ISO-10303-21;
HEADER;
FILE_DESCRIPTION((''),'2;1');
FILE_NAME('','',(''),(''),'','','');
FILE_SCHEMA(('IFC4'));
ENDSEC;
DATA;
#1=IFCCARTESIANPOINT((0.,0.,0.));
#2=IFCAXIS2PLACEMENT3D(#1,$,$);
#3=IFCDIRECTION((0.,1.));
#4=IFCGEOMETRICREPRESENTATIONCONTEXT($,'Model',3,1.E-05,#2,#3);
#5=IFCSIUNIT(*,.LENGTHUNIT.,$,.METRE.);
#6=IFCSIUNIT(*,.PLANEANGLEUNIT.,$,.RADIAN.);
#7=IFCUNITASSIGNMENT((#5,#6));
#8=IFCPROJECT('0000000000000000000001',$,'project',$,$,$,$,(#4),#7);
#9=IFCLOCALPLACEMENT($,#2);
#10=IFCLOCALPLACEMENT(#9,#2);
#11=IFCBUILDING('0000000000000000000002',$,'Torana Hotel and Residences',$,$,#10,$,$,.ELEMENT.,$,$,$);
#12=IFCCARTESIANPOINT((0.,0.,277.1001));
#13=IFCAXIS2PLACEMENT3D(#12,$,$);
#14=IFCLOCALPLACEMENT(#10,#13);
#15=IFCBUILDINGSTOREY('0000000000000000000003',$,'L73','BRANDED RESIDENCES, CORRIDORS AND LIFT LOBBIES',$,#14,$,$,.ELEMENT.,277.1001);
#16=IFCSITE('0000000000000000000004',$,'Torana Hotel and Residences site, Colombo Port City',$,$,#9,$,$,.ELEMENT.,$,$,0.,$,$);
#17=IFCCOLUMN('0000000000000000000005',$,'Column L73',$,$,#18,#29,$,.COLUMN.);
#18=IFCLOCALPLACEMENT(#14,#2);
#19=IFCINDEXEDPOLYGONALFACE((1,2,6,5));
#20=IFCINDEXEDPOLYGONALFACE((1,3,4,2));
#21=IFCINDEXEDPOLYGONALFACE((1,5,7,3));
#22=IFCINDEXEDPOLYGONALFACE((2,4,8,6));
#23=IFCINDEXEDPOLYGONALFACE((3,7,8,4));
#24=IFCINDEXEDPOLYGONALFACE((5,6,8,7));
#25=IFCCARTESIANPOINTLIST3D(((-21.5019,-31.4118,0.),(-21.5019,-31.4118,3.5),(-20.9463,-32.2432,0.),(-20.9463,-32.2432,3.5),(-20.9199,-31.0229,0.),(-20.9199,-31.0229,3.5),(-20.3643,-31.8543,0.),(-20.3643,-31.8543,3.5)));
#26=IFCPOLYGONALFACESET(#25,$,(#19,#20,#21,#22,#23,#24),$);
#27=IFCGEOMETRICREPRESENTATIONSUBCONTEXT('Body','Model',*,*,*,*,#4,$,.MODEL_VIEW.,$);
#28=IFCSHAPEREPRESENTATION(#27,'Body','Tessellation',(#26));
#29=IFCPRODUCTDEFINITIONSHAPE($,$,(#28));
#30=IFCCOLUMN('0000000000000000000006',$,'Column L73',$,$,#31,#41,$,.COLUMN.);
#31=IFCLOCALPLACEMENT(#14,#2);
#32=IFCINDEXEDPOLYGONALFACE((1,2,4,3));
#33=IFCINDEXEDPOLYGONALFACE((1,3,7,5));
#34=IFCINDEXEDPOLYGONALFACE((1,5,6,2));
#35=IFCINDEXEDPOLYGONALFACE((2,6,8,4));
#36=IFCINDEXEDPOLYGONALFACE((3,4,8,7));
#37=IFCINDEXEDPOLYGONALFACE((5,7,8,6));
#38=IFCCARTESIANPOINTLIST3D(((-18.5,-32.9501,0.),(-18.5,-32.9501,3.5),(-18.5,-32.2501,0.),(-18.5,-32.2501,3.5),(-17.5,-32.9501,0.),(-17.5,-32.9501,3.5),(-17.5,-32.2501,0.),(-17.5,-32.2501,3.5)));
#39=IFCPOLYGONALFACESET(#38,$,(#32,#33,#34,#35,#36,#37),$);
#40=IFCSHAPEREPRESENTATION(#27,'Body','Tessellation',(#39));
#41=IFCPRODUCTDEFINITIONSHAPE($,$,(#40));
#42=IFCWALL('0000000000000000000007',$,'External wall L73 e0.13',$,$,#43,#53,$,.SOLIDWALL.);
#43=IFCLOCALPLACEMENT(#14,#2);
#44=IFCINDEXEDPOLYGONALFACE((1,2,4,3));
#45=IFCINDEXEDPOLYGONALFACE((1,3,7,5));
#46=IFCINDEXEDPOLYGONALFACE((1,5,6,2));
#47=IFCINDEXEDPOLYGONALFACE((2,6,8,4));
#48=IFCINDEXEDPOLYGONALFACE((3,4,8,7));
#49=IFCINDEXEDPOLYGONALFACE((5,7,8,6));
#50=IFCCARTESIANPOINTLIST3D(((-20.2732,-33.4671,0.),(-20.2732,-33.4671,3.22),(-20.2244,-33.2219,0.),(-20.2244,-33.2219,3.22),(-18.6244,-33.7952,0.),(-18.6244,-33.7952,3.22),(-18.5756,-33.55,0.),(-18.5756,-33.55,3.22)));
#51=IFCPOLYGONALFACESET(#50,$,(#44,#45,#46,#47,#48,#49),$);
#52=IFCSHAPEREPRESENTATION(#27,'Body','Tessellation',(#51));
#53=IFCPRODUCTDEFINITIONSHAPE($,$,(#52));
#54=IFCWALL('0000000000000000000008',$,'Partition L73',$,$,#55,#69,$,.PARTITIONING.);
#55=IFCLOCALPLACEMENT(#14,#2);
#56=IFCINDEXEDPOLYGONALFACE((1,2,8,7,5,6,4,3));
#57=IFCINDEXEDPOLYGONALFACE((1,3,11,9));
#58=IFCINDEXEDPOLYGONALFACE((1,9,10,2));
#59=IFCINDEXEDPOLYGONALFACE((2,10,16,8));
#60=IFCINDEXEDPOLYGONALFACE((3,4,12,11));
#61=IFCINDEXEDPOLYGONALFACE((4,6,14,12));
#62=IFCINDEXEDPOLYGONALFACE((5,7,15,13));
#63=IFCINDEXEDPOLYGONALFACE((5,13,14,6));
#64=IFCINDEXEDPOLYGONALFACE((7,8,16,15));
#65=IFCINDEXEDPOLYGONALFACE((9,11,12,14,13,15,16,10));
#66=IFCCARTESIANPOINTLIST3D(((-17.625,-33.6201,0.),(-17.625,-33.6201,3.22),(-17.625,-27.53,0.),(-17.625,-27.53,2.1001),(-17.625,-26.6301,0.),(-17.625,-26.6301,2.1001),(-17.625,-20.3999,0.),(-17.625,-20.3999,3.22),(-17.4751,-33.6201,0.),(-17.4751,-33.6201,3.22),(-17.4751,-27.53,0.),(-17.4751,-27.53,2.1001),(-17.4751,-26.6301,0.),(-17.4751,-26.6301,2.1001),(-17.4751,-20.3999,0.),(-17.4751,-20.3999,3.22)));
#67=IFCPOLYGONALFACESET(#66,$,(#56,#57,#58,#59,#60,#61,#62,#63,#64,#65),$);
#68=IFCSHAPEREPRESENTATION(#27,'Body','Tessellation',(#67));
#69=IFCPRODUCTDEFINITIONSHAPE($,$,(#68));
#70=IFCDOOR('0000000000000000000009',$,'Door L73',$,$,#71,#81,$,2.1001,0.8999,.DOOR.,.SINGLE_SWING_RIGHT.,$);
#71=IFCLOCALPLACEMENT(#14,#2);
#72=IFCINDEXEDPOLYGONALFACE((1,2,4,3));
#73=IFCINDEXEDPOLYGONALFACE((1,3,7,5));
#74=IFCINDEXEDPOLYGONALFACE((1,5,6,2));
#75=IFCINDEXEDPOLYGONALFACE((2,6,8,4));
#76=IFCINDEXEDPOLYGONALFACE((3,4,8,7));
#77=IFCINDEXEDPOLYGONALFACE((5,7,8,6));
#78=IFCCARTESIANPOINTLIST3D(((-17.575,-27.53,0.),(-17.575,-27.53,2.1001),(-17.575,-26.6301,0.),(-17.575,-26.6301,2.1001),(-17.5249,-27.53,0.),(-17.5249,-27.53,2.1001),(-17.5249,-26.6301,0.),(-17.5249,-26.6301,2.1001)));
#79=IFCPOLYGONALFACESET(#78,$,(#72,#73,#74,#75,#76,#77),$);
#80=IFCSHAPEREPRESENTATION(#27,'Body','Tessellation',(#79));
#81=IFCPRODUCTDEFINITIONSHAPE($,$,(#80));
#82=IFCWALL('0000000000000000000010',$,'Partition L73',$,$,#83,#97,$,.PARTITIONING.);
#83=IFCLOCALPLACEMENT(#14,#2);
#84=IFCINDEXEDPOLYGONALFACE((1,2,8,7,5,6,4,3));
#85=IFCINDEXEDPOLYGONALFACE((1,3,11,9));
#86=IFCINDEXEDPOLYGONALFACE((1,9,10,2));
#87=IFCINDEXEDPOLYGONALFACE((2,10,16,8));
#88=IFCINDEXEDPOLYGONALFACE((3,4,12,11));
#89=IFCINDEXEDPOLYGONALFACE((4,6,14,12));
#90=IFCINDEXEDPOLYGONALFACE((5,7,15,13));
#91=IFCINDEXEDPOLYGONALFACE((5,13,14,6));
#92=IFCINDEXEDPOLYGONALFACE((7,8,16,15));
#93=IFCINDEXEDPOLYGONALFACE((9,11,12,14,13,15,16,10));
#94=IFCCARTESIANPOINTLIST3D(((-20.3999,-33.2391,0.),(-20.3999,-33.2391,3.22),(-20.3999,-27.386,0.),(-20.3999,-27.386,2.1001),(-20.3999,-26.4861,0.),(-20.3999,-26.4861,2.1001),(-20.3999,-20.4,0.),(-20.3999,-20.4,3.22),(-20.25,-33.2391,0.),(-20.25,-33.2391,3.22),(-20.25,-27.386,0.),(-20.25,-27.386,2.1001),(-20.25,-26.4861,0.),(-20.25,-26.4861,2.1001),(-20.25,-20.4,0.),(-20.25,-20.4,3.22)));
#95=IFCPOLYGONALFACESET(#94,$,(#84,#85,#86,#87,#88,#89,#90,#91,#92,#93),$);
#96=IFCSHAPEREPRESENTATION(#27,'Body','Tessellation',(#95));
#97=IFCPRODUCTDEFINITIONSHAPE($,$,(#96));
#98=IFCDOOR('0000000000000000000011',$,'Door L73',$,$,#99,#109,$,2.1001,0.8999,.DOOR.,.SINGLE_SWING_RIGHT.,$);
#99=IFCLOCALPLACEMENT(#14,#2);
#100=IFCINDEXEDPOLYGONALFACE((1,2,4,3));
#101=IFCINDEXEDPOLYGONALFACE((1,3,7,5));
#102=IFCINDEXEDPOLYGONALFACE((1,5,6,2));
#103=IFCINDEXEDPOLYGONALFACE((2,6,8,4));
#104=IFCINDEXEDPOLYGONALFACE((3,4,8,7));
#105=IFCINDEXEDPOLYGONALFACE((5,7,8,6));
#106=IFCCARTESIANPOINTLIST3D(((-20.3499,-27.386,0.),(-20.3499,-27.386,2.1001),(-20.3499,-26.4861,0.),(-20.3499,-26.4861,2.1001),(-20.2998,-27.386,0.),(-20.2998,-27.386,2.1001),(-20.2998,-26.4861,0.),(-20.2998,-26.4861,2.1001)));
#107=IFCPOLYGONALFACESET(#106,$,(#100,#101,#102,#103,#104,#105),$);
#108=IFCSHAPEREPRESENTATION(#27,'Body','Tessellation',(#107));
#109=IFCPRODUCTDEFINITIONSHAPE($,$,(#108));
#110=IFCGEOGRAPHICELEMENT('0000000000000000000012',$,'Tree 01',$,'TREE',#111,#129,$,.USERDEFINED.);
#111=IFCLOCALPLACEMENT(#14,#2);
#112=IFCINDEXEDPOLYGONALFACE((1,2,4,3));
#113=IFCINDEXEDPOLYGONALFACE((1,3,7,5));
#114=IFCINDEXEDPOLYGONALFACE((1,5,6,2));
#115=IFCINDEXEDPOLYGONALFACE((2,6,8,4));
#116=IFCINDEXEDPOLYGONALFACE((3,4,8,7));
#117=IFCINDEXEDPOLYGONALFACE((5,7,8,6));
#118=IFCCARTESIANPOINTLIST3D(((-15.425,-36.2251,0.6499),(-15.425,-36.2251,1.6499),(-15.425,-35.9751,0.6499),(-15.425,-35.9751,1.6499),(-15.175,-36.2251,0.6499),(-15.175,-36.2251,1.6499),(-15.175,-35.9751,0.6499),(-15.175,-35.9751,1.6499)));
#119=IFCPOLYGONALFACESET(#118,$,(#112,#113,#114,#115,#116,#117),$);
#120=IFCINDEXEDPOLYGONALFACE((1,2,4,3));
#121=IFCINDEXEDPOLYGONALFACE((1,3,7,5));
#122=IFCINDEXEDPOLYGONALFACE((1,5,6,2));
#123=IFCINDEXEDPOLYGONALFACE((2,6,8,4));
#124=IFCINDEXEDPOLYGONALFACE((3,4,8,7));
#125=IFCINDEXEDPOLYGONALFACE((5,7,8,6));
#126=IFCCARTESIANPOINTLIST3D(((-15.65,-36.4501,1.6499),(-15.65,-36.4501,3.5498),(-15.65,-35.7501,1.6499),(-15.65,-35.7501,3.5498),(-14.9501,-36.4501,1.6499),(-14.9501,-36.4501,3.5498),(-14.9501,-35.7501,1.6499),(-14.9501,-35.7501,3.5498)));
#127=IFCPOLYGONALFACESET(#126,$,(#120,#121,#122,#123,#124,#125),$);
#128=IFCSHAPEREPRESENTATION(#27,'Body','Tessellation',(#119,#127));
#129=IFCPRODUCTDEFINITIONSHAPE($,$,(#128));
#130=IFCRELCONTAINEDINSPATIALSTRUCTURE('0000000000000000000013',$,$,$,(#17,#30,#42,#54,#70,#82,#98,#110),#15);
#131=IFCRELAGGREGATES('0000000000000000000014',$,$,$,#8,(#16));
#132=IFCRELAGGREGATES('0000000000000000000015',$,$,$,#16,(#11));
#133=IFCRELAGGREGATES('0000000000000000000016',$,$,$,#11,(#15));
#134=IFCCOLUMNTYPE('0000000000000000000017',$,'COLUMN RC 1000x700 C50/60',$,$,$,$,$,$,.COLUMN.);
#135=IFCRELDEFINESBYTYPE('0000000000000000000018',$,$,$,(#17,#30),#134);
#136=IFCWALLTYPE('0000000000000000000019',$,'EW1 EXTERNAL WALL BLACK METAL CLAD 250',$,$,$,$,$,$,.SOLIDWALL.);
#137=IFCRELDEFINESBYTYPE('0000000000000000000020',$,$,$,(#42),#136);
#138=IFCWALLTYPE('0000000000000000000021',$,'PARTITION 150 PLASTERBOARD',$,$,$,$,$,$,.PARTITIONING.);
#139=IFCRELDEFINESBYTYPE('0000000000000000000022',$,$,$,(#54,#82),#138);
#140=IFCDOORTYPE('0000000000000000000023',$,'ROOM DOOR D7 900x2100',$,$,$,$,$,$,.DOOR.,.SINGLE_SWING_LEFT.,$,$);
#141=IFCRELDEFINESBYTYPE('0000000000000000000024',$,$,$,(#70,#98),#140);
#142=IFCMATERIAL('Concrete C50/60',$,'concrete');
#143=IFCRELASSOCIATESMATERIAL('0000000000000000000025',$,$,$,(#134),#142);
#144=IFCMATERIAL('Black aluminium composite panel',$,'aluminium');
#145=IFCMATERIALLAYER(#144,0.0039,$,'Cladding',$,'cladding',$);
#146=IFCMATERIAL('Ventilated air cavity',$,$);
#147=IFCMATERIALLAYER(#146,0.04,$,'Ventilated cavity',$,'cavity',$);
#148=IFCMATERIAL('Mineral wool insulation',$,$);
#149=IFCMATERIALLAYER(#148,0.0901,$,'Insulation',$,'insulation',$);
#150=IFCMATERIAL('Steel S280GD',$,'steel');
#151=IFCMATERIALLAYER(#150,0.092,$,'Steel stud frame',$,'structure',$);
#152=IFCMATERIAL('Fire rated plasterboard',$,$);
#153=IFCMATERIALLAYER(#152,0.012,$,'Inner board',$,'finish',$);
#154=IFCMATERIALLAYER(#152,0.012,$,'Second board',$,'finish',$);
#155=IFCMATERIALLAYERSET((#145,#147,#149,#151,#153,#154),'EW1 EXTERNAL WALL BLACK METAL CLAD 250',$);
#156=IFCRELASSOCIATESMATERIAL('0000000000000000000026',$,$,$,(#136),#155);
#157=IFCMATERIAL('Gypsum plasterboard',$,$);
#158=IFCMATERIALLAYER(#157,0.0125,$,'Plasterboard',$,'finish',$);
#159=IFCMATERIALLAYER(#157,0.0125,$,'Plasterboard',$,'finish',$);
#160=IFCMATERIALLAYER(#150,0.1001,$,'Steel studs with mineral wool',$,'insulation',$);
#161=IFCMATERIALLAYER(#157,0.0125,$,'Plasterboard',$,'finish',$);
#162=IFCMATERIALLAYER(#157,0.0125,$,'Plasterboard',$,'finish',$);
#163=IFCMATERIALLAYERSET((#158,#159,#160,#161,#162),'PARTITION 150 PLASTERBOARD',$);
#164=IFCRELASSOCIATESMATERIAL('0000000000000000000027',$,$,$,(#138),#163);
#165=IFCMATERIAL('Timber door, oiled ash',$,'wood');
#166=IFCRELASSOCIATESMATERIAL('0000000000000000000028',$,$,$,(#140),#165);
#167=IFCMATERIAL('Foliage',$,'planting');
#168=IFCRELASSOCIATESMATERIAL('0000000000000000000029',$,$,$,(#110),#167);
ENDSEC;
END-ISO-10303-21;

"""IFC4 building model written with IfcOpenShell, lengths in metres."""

from ifc_helpers import new_model, si_unit, direction, frame, frame_2d, origin, origin_2d, place, context, subcontext, project, spatial, rectangle, extrude, material, layer, layer_set, material_profile, profile_set, type_object, element, fill, save


model = new_model("IFC4")

# Units and contexts
model_context = context("Model", 3, precision=1e-05, world=origin(), true_north=direction((0.0, 1.0)))
body_context = subcontext(model_context, "Body", "Model", "MODEL_VIEW")
ifc_project = project(units=[si_unit("LENGTHUNIT", "METRE"), si_unit("PLANEANGLEUNIT", "RADIAN")], contexts=[model_context])

# Site, building, storey
site_placement = place(None, origin())
site = spatial("IfcSite", under=ifc_project, at=site_placement, Name="Torana Hotel and Residences site, Colombo Port City", CompositionType="ELEMENT", RefElevation=0.0)
building_placement = place(site_placement, origin())
building = spatial("IfcBuilding", under=site, at=building_placement, Name="Torana Hotel and Residences", CompositionType="ELEMENT")
storey_placement = place(building_placement, frame((0.0, 0.0, 277.1001)))
storey = spatial("IfcBuildingStorey", under=building, at=storey_placement, Name="L73", Description="BRANDED RESIDENCES, CORRIDORS AND LIFT LOBBIES", CompositionType="ELEMENT", Elevation=277.1001)

# Columns
ifc_material_1 = material(Name="Concrete C50/60", Category="concrete")
ifc_material_profile = material_profile(ifc_material_1, rectangle(XDim=1.0, YDim=0.7, at=origin_2d()), Name="RC 1000x700")
ifc_profile_set = profile_set([ifc_material_profile], Name="Concrete C50/60")
column_type = type_object("IfcColumnType", Name="COLUMN RC 1000x700 C50/60", PredefinedType="COLUMN", material=ifc_profile_set)
for number, where, z_axis, x_axis, name in (
    (1, (-20.9331, -31.6331, 0.0), (0.0, 0.0, 1.0), (-0.555585, 0.83146, 0.0), "Column L73"),
    (2, (-18.0, -32.6001, 0.0), (0.0, 0.0, 1.0), (1.0, 0.0, 0.0), "Column L73"),
):
    element("IfcColumn", number, at=place(storey_placement, frame(where, z_axis=z_axis, x_axis=x_axis)), inside=storey, type_object=column_type, Name=name, PredefinedType="COLUMN", context=body_context, shape_type="SweptSolid", body=[
        extrude(rectangle(XDim=1.0, YDim=0.7, at=origin_2d()), origin(), (0.0, 0.0, 1.0), 3.5),
    ])

# Wall
ifc_material_2 = material(Name="Black aluminium composite panel", Category="aluminium")
ifc_layer_1 = layer(ifc_material_2, 0.0039, Name="Cladding", Category="cladding")
ifc_material_3 = material(Name="Ventilated air cavity")
ifc_layer_2 = layer(ifc_material_3, 0.04, Name="Ventilated cavity", Category="cavity")
ifc_material_4 = material(Name="Mineral wool insulation")
ifc_layer_3 = layer(ifc_material_4, 0.0901, Name="Insulation", Category="insulation")
ifc_material_5 = material(Name="Steel S280GD", Category="steel")
ifc_layer_4 = layer(ifc_material_5, 0.092, Name="Steel stud frame", Category="structure")
ifc_material_6 = material(Name="Fire rated plasterboard")
ifc_layer_5 = layer(ifc_material_6, 0.012, Name="Inner board", Category="finish")
ifc_layer_6 = layer(ifc_material_6, 0.012, Name="Second board", Category="finish")
ifc_layer_set_1 = layer_set([ifc_layer_1, ifc_layer_2, ifc_layer_3, ifc_layer_4, ifc_layer_5, ifc_layer_6], Name="EW1 EXTERNAL WALL BLACK METAL CLAD 250")
wall_type_1 = type_object("IfcWallType", Name="EW1 EXTERNAL WALL BLACK METAL CLAD 250", PredefinedType="SOLIDWALL", material=ifc_layer_set_1)
wall_1_placement = place(storey_placement, frame((-20.2488, -33.3445, 0.0), z_axis=(0.0, 0.0, 1.0), x_axis=(0.98077, -0.195167, 0.0)))
element("IfcWall", 3, at=wall_1_placement, inside=storey, type_object=wall_type_1, Name="External wall L73 e0.13", PredefinedType="SOLIDWALL", context=body_context, shape_type="SweptSolid", body=[
    extrude(rectangle(XDim=1.6812, YDim=0.25, at=frame_2d((0.8406, 0.0))), origin(), (0.0, 0.0, 1.0), 3.22),
])

# Walls, openings, doors
ifc_material_7 = material(Name="Gypsum plasterboard")
ifc_layer_7 = layer(ifc_material_7, 0.0125, Name="Plasterboard", Category="finish")
ifc_layer_8 = layer(ifc_material_7, 0.0125, Name="Plasterboard", Category="finish")
ifc_layer_9 = layer(ifc_material_5, 0.1001, Name="Steel studs with mineral wool", Category="insulation")
ifc_layer_10 = layer(ifc_material_7, 0.0125, Name="Plasterboard", Category="finish")
ifc_layer_11 = layer(ifc_material_7, 0.0125, Name="Plasterboard", Category="finish")
ifc_layer_set_2 = layer_set([ifc_layer_7, ifc_layer_8, ifc_layer_9, ifc_layer_10, ifc_layer_11], Name="PARTITION 150 PLASTERBOARD")
wall_type_2 = type_object("IfcWallType", Name="PARTITION 150 PLASTERBOARD", PredefinedType="PARTITIONING", material=ifc_layer_set_2)
wall_2_placement = place(storey_placement, frame((-17.55, -33.6201, 0.0), z_axis=(0.0, 0.0, 1.0), x_axis=(0.0, 1.0, 0.0)))
wall_2 = element("IfcWall", 4, at=wall_2_placement, inside=storey, type_object=wall_type_2, Name="Partition L73", PredefinedType="PARTITIONING", context=body_context, shape_type="SweptSolid", body=[
    extrude(rectangle(XDim=13.2202, YDim=0.1499, at=frame_2d((6.6101, 0.0))), origin(), (0.0, 0.0, 1.0), 3.22),
])
opening_1_placement = place(wall_2_placement, frame((6.0901, 0.0, 0.0)))
opening_1 = element("IfcOpeningElement", 5, at=opening_1_placement, cuts=wall_2, PredefinedType="OPENING", context=body_context, shape_type="SweptSolid", body=[
    extrude(rectangle(XDim=0.8999, YDim=2.1001, at=frame_2d((0.45, 1.05))), frame((0.0, 0.085, 0.0), z_axis=(0.0, -1.0, 0.0), x_axis=(1.0, 0.0, 0.0)), (0.0, 0.0, 1.0), 0.1699),
])
ifc_material_8 = material(Name="Timber door, oiled ash", Category="wood")
door_type_1 = type_object("IfcDoorType", Name="ROOM DOOR D7 900x2100", OperationType="SINGLE_SWING_LEFT", PredefinedType="DOOR", material=ifc_material_8)
door_1_placement = place(opening_1_placement, origin())
door_1 = element("IfcDoor", 6, at=door_1_placement, inside=storey, type_object=door_type_1, Name="Door L73", OperationType="SINGLE_SWING_RIGHT", OverallHeight=2.1001, OverallWidth=0.8999, PredefinedType="DOOR", context=body_context, shape_type="SweptSolid", body=[
    extrude(rectangle(XDim=0.8999, YDim=2.1001, at=frame_2d((0.45, 1.05))), frame((0.0, 0.0249, 0.0), z_axis=(0.0, -1.0, 0.0), x_axis=(1.0, 0.0, 0.0)), (0.0, 0.0, 1.0), 0.05),
])
fill(opening_1, door_1)
wall_3_placement = place(storey_placement, frame((-20.325, -33.239, 0.0), z_axis=(0.0, 0.0, 1.0), x_axis=(0.0, 1.0, 0.0)))
wall_3 = element("IfcWall", 7, at=wall_3_placement, inside=storey, type_object=wall_type_2, Name="Partition L73", PredefinedType="PARTITIONING", context=body_context, shape_type="SweptSolid", body=[
    extrude(rectangle(XDim=12.8391, YDim=0.1499, at=frame_2d((6.4194, 0.0))), origin(), (0.0, 0.0, 1.0), 3.22),
])
opening_2_placement = place(wall_3_placement, frame((5.853, 0.0, 0.0)))
opening_2 = element("IfcOpeningElement", 8, at=opening_2_placement, cuts=wall_3, PredefinedType="OPENING", context=body_context, shape_type="SweptSolid", body=[
    extrude(rectangle(XDim=0.8999, YDim=2.1001, at=frame_2d((0.45, 1.05))), frame((0.0, 0.085, 0.0), z_axis=(0.0, -1.0, 0.0), x_axis=(1.0, 0.0, 0.0)), (0.0, 0.0, 1.0), 0.1699),
])
door_2_placement = place(opening_2_placement, origin())
door_2 = element("IfcDoor", 9, at=door_2_placement, inside=storey, type_object=door_type_1, Name="Door L73", OperationType="SINGLE_SWING_RIGHT", OverallHeight=2.1001, OverallWidth=0.8999, PredefinedType="DOOR", context=body_context, shape_type="SweptSolid", body=[
    extrude(rectangle(XDim=0.8999, YDim=2.1001, at=frame_2d((0.45, 1.05))), frame((0.0, 0.0249, 0.0), z_axis=(0.0, -1.0, 0.0), x_axis=(1.0, 0.0, 0.0)), (0.0, 0.0, 1.0), 0.05),
])
fill(opening_2, door_2)

# Geographic element
ifc_material_9 = material(Name="Foliage", Category="planting")
geographic_element_placement = place(storey_placement, frame((-15.3, -36.1001, 0.6499), z_axis=(0.0, 0.0, 1.0), x_axis=(1.0, 0.0, 0.0)))
element("IfcGeographicElement", 10, at=geographic_element_placement, inside=storey, material=ifc_material_9, Name="Tree 01", ObjectType="TREE", PredefinedType="USERDEFINED", context=body_context, shape_type="SweptSolid", body=[
    extrude(rectangle(XDim=0.25, YDim=0.25, at=origin_2d()), origin(), (0.0, 0.0, 1.0), 1.0),
    extrude(rectangle(XDim=0.7, YDim=0.7, at=origin_2d()), frame((0.0, 0.0, 1.0)), (0.0, 0.0, 1.0), 1.8999),
])

save(model, "model.ifc")
